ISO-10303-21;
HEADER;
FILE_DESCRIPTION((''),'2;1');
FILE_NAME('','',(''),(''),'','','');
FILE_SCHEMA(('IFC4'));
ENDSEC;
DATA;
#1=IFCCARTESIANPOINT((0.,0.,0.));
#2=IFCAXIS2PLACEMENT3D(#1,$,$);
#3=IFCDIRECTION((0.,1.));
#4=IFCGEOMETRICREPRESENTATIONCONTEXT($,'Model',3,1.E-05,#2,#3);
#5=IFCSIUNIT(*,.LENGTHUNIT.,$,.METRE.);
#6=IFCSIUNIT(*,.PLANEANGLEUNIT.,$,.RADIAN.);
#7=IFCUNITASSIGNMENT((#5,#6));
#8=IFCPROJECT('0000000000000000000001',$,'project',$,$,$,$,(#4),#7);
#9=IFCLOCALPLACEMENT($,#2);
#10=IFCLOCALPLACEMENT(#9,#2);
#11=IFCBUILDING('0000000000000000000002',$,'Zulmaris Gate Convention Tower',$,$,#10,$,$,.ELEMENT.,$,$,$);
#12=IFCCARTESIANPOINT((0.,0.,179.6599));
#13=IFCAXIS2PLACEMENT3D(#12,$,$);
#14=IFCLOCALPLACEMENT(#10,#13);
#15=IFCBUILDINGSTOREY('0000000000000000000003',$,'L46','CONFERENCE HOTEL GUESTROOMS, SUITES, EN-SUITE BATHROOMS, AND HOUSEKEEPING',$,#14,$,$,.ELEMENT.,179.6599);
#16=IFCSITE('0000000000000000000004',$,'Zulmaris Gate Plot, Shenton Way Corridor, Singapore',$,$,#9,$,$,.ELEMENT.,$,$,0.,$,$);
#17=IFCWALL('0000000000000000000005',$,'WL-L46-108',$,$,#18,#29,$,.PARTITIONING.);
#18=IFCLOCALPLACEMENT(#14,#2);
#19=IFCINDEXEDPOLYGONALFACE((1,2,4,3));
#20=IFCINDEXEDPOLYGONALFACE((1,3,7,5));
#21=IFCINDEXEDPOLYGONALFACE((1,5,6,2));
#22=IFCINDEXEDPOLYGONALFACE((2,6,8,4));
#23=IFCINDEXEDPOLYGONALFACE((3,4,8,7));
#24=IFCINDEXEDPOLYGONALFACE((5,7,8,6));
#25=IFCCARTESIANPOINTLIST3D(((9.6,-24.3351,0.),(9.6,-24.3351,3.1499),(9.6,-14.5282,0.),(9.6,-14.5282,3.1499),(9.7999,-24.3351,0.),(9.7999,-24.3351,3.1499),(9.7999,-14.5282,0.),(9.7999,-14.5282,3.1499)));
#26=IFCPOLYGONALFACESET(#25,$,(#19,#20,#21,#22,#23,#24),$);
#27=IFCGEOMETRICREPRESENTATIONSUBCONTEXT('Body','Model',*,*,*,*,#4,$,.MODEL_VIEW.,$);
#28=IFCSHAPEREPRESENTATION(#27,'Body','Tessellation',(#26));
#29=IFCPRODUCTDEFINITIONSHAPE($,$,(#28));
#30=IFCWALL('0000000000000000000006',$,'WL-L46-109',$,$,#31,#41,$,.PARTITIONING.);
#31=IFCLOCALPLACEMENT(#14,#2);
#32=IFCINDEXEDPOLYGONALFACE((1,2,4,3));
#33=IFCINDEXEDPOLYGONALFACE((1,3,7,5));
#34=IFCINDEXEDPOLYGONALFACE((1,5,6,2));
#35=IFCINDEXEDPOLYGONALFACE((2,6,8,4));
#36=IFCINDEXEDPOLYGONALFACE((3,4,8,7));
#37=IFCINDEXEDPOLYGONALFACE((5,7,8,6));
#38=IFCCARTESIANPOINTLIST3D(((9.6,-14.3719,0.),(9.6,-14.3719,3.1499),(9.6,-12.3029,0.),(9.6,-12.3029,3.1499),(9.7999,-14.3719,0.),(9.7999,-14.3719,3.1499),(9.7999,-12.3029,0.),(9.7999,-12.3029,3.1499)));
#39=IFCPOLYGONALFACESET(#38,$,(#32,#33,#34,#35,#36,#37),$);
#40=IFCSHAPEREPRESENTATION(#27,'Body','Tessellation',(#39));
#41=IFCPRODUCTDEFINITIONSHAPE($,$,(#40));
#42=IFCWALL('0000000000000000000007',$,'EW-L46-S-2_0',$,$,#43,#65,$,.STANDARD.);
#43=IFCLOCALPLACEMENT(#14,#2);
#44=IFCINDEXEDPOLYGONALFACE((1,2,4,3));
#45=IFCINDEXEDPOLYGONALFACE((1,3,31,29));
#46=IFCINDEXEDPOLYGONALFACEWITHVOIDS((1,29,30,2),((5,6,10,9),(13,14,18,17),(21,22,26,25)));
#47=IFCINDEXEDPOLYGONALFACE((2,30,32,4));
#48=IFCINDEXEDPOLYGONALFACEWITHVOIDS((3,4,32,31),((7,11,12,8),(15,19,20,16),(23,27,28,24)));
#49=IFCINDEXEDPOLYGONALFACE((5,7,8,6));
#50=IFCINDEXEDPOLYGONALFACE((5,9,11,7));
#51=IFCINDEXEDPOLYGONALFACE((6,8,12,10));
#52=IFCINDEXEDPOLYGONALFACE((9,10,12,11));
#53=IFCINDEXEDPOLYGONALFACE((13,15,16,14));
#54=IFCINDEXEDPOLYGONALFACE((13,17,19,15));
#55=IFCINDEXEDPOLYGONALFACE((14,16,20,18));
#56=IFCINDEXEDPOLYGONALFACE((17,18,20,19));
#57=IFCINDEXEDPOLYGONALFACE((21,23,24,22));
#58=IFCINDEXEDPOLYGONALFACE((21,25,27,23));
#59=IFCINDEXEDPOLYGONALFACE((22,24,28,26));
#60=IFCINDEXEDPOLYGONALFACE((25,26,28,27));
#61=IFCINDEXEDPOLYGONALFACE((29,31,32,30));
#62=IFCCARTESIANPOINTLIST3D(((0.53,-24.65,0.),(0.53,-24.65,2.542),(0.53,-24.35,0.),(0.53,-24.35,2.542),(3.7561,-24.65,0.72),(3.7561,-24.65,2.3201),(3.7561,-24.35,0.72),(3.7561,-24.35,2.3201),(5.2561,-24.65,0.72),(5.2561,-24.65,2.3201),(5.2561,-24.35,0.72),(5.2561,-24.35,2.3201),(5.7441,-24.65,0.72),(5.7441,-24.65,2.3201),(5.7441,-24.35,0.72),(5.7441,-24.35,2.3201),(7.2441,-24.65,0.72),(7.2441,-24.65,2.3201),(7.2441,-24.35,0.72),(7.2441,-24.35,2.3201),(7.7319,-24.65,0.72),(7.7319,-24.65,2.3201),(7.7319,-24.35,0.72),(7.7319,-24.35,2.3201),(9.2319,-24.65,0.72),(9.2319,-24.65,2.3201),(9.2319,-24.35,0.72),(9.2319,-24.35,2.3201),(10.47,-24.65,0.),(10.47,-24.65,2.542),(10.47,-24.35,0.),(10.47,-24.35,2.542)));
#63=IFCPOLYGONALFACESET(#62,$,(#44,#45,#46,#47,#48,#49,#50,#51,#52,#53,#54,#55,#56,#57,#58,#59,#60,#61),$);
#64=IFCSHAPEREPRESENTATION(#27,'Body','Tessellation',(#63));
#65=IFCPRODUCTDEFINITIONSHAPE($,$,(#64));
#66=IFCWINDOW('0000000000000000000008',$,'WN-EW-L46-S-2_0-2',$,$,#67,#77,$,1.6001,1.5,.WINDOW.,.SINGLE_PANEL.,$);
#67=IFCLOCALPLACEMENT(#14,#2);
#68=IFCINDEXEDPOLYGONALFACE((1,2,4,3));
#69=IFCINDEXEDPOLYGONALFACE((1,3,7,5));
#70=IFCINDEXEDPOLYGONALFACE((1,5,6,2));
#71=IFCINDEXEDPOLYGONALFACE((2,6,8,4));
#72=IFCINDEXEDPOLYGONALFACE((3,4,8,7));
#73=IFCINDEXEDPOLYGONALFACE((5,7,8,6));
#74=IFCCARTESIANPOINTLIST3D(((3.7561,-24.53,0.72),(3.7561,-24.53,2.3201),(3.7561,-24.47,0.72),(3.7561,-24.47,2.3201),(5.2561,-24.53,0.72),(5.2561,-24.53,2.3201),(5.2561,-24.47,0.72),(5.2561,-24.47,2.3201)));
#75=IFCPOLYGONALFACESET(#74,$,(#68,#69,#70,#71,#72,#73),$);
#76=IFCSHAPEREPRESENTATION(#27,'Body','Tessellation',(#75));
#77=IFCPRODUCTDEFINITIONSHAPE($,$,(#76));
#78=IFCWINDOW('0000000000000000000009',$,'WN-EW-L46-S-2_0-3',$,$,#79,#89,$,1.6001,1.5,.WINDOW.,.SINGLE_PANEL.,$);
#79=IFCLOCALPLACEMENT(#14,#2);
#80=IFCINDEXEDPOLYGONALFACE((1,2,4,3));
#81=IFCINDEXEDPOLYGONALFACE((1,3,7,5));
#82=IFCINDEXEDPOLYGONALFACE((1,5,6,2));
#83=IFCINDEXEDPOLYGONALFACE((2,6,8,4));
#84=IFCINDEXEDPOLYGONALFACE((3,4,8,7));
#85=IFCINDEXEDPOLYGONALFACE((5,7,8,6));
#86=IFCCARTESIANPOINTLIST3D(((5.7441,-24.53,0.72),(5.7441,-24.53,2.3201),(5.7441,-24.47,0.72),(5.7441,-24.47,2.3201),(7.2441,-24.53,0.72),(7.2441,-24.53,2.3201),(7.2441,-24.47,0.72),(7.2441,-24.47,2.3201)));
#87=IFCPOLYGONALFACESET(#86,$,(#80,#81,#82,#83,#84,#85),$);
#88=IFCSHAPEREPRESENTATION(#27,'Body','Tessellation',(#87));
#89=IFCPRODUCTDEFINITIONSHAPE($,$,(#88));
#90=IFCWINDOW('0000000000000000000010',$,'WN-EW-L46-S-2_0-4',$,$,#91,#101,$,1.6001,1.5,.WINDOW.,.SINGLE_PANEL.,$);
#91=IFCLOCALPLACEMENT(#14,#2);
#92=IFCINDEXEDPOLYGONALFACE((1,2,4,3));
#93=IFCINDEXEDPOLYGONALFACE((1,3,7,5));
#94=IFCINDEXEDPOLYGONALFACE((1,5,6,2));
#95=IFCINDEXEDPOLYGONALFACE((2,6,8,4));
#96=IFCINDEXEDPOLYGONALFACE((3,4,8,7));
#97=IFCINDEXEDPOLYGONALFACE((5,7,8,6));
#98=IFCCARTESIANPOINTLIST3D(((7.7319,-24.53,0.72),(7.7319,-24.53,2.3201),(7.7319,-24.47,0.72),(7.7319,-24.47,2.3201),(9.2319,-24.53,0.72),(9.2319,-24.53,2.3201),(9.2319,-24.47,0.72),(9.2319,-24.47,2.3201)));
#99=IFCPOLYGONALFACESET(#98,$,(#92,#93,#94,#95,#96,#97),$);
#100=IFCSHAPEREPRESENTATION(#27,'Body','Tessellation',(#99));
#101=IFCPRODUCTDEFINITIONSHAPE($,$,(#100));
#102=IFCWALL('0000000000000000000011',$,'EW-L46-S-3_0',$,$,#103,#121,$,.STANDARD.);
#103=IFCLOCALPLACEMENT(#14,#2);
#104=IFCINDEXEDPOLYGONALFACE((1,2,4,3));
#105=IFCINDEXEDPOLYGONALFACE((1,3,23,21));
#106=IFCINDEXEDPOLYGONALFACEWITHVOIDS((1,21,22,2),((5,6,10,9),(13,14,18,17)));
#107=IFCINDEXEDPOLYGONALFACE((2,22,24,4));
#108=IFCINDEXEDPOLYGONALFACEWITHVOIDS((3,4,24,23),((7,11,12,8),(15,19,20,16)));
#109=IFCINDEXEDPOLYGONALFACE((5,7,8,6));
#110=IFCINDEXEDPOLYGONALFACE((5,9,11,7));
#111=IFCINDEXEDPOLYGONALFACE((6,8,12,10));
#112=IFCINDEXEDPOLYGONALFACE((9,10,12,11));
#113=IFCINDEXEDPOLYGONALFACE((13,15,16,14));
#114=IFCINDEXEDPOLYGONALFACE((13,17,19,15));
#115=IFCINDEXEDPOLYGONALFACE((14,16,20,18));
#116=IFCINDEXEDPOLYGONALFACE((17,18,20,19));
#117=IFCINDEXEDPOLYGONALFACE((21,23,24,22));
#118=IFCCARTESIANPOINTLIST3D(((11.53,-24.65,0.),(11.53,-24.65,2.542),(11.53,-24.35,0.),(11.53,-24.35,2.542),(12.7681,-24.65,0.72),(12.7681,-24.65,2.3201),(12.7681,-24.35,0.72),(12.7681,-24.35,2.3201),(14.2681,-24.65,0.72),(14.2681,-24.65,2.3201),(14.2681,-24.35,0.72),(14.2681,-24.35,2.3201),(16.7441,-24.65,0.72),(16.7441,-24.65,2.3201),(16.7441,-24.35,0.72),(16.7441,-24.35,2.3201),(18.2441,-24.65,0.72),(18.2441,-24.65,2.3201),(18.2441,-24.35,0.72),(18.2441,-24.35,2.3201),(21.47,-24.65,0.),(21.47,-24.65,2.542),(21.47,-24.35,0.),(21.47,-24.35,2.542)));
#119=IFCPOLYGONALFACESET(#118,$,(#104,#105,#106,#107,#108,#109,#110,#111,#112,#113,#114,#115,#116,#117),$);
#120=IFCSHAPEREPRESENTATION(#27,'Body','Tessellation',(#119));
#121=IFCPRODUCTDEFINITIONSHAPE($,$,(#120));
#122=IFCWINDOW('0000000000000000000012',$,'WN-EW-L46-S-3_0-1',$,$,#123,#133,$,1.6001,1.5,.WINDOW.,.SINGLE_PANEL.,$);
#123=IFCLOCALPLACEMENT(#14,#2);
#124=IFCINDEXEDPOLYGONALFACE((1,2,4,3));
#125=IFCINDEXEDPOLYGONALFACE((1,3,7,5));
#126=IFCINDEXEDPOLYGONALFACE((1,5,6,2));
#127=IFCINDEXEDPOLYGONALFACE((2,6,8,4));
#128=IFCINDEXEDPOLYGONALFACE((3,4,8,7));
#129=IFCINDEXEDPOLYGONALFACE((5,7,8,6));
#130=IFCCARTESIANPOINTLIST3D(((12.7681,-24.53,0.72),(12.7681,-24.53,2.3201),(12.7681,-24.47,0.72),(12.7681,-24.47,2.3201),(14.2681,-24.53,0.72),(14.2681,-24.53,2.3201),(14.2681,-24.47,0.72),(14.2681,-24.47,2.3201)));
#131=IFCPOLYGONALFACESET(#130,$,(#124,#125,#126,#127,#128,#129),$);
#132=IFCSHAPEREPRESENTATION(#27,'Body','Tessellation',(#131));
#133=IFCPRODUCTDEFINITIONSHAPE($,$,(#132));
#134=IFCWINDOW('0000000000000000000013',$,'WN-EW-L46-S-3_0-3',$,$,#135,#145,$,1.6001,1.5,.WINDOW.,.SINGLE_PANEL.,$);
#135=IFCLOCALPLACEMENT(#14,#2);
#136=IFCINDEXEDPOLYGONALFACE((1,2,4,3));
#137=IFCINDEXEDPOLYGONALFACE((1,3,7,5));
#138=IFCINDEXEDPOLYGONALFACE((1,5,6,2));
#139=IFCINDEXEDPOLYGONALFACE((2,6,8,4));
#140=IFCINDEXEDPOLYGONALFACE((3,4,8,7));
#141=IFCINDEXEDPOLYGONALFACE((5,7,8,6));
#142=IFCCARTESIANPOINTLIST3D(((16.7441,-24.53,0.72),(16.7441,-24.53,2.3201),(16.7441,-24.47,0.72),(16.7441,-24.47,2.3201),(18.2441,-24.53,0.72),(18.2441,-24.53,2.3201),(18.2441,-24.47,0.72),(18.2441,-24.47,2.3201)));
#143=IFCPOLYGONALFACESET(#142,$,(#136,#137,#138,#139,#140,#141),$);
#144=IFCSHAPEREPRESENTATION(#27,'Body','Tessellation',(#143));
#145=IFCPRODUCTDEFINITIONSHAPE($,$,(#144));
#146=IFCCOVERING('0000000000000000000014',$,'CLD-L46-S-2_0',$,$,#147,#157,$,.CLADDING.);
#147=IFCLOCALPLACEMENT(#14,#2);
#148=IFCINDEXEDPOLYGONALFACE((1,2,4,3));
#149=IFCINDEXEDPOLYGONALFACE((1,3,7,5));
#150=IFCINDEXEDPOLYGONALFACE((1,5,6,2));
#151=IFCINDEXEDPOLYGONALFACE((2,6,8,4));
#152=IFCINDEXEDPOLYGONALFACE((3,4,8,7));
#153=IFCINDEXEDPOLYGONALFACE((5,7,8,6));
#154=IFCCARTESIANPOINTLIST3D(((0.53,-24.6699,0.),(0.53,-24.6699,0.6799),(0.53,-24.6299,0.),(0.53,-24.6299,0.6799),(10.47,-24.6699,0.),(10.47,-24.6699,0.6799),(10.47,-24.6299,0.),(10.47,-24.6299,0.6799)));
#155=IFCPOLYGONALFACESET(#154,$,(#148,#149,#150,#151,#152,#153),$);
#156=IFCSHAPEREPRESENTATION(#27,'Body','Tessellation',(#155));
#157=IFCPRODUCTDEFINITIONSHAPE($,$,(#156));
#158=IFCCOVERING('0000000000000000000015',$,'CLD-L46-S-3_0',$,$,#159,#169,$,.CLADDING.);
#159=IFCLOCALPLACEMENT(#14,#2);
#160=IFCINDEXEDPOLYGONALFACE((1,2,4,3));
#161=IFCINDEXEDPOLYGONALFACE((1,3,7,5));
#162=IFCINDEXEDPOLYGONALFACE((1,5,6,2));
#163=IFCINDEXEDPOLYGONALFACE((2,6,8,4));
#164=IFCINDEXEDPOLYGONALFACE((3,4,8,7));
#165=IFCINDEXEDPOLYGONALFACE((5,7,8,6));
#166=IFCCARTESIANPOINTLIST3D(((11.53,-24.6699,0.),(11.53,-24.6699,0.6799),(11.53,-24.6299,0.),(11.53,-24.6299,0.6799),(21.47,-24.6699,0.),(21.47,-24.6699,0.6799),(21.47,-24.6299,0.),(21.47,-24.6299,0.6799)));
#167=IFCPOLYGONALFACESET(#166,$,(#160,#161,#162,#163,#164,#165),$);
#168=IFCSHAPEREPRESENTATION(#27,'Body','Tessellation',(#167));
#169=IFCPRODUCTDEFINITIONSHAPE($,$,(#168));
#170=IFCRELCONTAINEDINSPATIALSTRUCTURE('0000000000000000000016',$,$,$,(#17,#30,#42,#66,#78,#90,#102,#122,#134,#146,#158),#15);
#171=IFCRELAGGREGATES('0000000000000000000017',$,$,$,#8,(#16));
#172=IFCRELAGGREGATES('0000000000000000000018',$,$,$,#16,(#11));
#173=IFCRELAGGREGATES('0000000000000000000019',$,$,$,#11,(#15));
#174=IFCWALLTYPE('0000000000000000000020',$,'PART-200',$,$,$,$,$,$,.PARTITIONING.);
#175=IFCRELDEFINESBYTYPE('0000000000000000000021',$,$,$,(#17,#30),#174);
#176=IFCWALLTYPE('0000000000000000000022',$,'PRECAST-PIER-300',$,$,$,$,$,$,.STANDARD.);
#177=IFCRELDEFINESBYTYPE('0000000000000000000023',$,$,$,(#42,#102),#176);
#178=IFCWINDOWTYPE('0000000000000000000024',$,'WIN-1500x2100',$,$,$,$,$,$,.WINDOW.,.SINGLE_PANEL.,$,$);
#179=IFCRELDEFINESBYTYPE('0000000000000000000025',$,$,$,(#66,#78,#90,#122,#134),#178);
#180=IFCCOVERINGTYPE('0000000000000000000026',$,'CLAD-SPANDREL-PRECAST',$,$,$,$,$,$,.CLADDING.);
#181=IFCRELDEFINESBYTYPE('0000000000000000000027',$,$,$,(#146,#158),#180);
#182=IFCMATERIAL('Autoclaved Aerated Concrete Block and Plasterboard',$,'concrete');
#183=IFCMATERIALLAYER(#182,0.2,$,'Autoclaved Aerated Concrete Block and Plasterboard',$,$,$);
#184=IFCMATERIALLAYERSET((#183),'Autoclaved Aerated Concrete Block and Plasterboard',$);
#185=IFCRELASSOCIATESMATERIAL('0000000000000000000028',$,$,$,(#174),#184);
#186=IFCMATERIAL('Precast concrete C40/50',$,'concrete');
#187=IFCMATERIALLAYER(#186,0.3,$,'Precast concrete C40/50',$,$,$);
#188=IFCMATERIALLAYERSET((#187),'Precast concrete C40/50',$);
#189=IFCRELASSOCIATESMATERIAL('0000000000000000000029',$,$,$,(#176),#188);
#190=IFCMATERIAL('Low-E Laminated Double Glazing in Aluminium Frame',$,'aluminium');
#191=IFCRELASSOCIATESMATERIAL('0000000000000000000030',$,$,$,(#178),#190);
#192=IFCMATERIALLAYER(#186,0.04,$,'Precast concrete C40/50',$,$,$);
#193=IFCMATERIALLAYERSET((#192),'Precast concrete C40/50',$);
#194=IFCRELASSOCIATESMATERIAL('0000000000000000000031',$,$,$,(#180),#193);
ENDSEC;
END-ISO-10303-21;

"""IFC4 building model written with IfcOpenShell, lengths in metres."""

from ifc_helpers import new_model, si_unit, direction, frame, frame_2d, origin, place, context, subcontext, project, spatial, rectangle, extrude, material, layer, layer_set, type_object, element, fill, save


model = new_model("IFC4")

# Units and contexts
model_context = context("Model", 3, precision=1e-05, world=origin(), true_north=direction((0.0, 1.0)))
body_context = subcontext(model_context, "Body", "Model", "MODEL_VIEW")
ifc_project = project(units=[si_unit("LENGTHUNIT", "METRE"), si_unit("PLANEANGLEUNIT", "RADIAN")], contexts=[model_context])

# Site, building, storey
site_placement = place(None, origin())
site = spatial("IfcSite", under=ifc_project, at=site_placement, Name="Zulmaris Gate Plot, Shenton Way Corridor, Singapore", CompositionType="ELEMENT", RefElevation=0.0)
building_placement = place(site_placement, origin())
building = spatial("IfcBuilding", under=site, at=building_placement, Name="Zulmaris Gate Convention Tower", CompositionType="ELEMENT")
storey_placement = place(building_placement, frame((0.0, 0.0, 179.6599)))
storey = spatial("IfcBuildingStorey", under=building, at=storey_placement, Name="L46", Description="CONFERENCE HOTEL GUESTROOMS, SUITES, EN-SUITE BATHROOMS, AND HOUSEKEEPING", CompositionType="ELEMENT", Elevation=179.6599)

# Walls
ifc_material_1 = material(Name="Autoclaved Aerated Concrete Block and Plasterboard", Category="concrete")
ifc_layer_1 = layer(ifc_material_1, 0.2, Name="Autoclaved Aerated Concrete Block and Plasterboard")
ifc_layer_set_1 = layer_set([ifc_layer_1], Name="Autoclaved Aerated Concrete Block and Plasterboard")
wall_type_1 = type_object("IfcWallType", Name="PART-200", PredefinedType="PARTITIONING", material=ifc_layer_set_1)
wall_1_placement = place(storey_placement, frame((9.7, -24.335, 0.0), z_axis=(0.0, 0.0, 1.0), x_axis=(0.0, 1.0, 0.0)))
element("IfcWall", 1, at=wall_1_placement, inside=storey, type_object=wall_type_1, Name="WL-L46-108", PredefinedType="PARTITIONING", context=body_context, shape_type="SweptSolid", body=[
    extrude(rectangle(XDim=9.8069, YDim=0.2, at=frame_2d((4.9033, 0.0))), origin(), (0.0, 0.0, 1.0), 3.1499),
])
wall_2_placement = place(storey_placement, frame((9.7, -14.3721, 0.0), z_axis=(0.0, 0.0, 1.0), x_axis=(0.0, 1.0, 0.0)))
element("IfcWall", 2, at=wall_2_placement, inside=storey, type_object=wall_type_1, Name="WL-L46-109", PredefinedType="PARTITIONING", context=body_context, shape_type="SweptSolid", body=[
    extrude(rectangle(XDim=2.0691, YDim=0.2, at=frame_2d((1.0347, 0.0))), origin(), (0.0, 0.0, 1.0), 3.1499),
])

# Walls, openings, windows
ifc_material_2 = material(Name="Precast concrete C40/50", Category="concrete")
ifc_layer_2 = layer(ifc_material_2, 0.3, Name="Precast concrete C40/50")
ifc_layer_set_2 = layer_set([ifc_layer_2], Name="Precast concrete C40/50")
wall_type_2 = type_object("IfcWallType", Name="PRECAST-PIER-300", PredefinedType="STANDARD", material=ifc_layer_set_2)
wall_3_placement = place(storey_placement, frame((0.53, -24.5, 0.0), z_axis=(0.0, 0.0, 1.0), x_axis=(1.0, 0.0, 0.0)))
wall_3 = element("IfcWall", 3, at=wall_3_placement, inside=storey, type_object=wall_type_2, Name="EW-L46-S-2_0", PredefinedType="STANDARD", context=body_context, shape_type="SweptSolid", body=[
    extrude(rectangle(XDim=9.9399, YDim=0.3, at=frame_2d((4.97, 0.0))), origin(), (0.0, 0.0, 1.0), 2.542),
])
opening_1_placement = place(wall_3_placement, frame((3.2261, 0.0, 0.72)))
opening_1 = element("IfcOpeningElement", 4, at=opening_1_placement, cuts=wall_3, PredefinedType="OPENING", context=body_context, shape_type="SweptSolid", body=[
    extrude(rectangle(XDim=1.5, YDim=1.6001, at=frame_2d((0.75, 0.8))), frame((0.0, 0.1602, 0.0), z_axis=(0.0, -1.0, 0.0), x_axis=(1.0, 0.0, 0.0)), (0.0, 0.0, 1.0), 0.3201),
])
opening_2_placement = place(wall_3_placement, frame((5.2141, 0.0, 0.72)))
opening_2 = element("IfcOpeningElement", 5, at=opening_2_placement, cuts=wall_3, PredefinedType="OPENING", context=body_context, shape_type="SweptSolid", body=[
    extrude(rectangle(XDim=1.5, YDim=1.6001, at=frame_2d((0.75, 0.8))), frame((0.0, 0.1602, 0.0), z_axis=(0.0, -1.0, 0.0), x_axis=(1.0, 0.0, 0.0)), (0.0, 0.0, 1.0), 0.3201),
])
opening_3_placement = place(wall_3_placement, frame((7.2019, 0.0, 0.72)))
opening_3 = element("IfcOpeningElement", 6, at=opening_3_placement, cuts=wall_3, PredefinedType="OPENING", context=body_context, shape_type="SweptSolid", body=[
    extrude(rectangle(XDim=1.5, YDim=1.6001, at=frame_2d((0.75, 0.8))), frame((0.0, 0.1602, 0.0), z_axis=(0.0, -1.0, 0.0), x_axis=(1.0, 0.0, 0.0)), (0.0, 0.0, 1.0), 0.3201),
])
ifc_material_3 = material(Name="Low-E Laminated Double Glazing in Aluminium Frame", Category="aluminium")
window_type = type_object("IfcWindowType", Name="WIN-1500x2100", PartitioningType="SINGLE_PANEL", PredefinedType="WINDOW", material=ifc_material_3)
window_1_placement = place(opening_1_placement, origin())
window_1 = element("IfcWindow", 7, at=window_1_placement, inside=storey, type_object=window_type, Name="WN-EW-L46-S-2_0-2", OverallHeight=1.6001, OverallWidth=1.5, PartitioningType="SINGLE_PANEL", PredefinedType="WINDOW", context=body_context, shape_type="SweptSolid", body=[
    extrude(rectangle(XDim=1.5, YDim=1.6001, at=frame_2d((0.75, 0.8))), frame((0.0, 0.03, 0.0), z_axis=(0.0, -1.0, 0.0), x_axis=(1.0, 0.0, 0.0)), (0.0, 0.0, 1.0), 0.0601),
])
fill(opening_1, window_1)
window_2_placement = place(opening_2_placement, origin())
window_2 = element("IfcWindow", 8, at=window_2_placement, inside=storey, type_object=window_type, Name="WN-EW-L46-S-2_0-3", OverallHeight=1.6001, OverallWidth=1.5, PartitioningType="SINGLE_PANEL", PredefinedType="WINDOW", context=body_context, shape_type="SweptSolid", body=[
    extrude(rectangle(XDim=1.5, YDim=1.6001, at=frame_2d((0.75, 0.8))), frame((0.0, 0.03, 0.0), z_axis=(0.0, -1.0, 0.0), x_axis=(1.0, 0.0, 0.0)), (0.0, 0.0, 1.0), 0.0601),
])
fill(opening_2, window_2)
window_3_placement = place(opening_3_placement, origin())
window_3 = element("IfcWindow", 9, at=window_3_placement, inside=storey, type_object=window_type, Name="WN-EW-L46-S-2_0-4", OverallHeight=1.6001, OverallWidth=1.5, PartitioningType="SINGLE_PANEL", PredefinedType="WINDOW", context=body_context, shape_type="SweptSolid", body=[
    extrude(rectangle(XDim=1.5, YDim=1.6001, at=frame_2d((0.75, 0.8))), frame((0.0, 0.03, 0.0), z_axis=(0.0, -1.0, 0.0), x_axis=(1.0, 0.0, 0.0)), (0.0, 0.0, 1.0), 0.0601),
])
fill(opening_3, window_3)
wall_4_placement = place(storey_placement, frame((11.53, -24.5, 0.0), z_axis=(0.0, 0.0, 1.0), x_axis=(1.0, 0.0, 0.0)))
wall_4 = element("IfcWall", 10, at=wall_4_placement, inside=storey, type_object=wall_type_2, Name="EW-L46-S-3_0", PredefinedType="STANDARD", context=body_context, shape_type="SweptSolid", body=[
    extrude(rectangle(XDim=9.9399, YDim=0.3, at=frame_2d((4.97, 0.0))), origin(), (0.0, 0.0, 1.0), 2.542),
])
opening_4_placement = place(wall_4_placement, frame((1.238, 0.0, 0.72)))
opening_4 = element("IfcOpeningElement", 11, at=opening_4_placement, cuts=wall_4, PredefinedType="OPENING", context=body_context, shape_type="SweptSolid", body=[
    extrude(rectangle(XDim=1.5, YDim=1.6001, at=frame_2d((0.75, 0.8))), frame((0.0, 0.1602, 0.0), z_axis=(0.0, -1.0, 0.0), x_axis=(1.0, 0.0, 0.0)), (0.0, 0.0, 1.0), 0.3201),
])
opening_5_placement = place(wall_4_placement, frame((5.2141, 0.0, 0.72)))
opening_5 = element("IfcOpeningElement", 12, at=opening_5_placement, cuts=wall_4, PredefinedType="OPENING", context=body_context, shape_type="SweptSolid", body=[
    extrude(rectangle(XDim=1.5, YDim=1.6001, at=frame_2d((0.75, 0.8))), frame((0.0, 0.1602, 0.0), z_axis=(0.0, -1.0, 0.0), x_axis=(1.0, 0.0, 0.0)), (0.0, 0.0, 1.0), 0.3201),
])
window_4_placement = place(opening_4_placement, origin())
window_4 = element("IfcWindow", 13, at=window_4_placement, inside=storey, type_object=window_type, Name="WN-EW-L46-S-3_0-1", OverallHeight=1.6001, OverallWidth=1.5, PartitioningType="SINGLE_PANEL", PredefinedType="WINDOW", context=body_context, shape_type="SweptSolid", body=[
    extrude(rectangle(XDim=1.5, YDim=1.6001, at=frame_2d((0.75, 0.8))), frame((0.0, 0.03, 0.0), z_axis=(0.0, -1.0, 0.0), x_axis=(1.0, 0.0, 0.0)), (0.0, 0.0, 1.0), 0.0601),
])
fill(opening_4, window_4)
window_5_placement = place(opening_5_placement, origin())
window_5 = element("IfcWindow", 14, at=window_5_placement, inside=storey, type_object=window_type, Name="WN-EW-L46-S-3_0-3", OverallHeight=1.6001, OverallWidth=1.5, PartitioningType="SINGLE_PANEL", PredefinedType="WINDOW", context=body_context, shape_type="SweptSolid", body=[
    extrude(rectangle(XDim=1.5, YDim=1.6001, at=frame_2d((0.75, 0.8))), frame((0.0, 0.03, 0.0), z_axis=(0.0, -1.0, 0.0), x_axis=(1.0, 0.0, 0.0)), (0.0, 0.0, 1.0), 0.0601),
])
fill(opening_5, window_5)

# Coverings
ifc_layer_3 = layer(ifc_material_2, 0.04, Name="Precast concrete C40/50")
ifc_layer_set_3 = layer_set([ifc_layer_3], Name="Precast concrete C40/50")
covering_type = type_object("IfcCoveringType", Name="CLAD-SPANDREL-PRECAST", PredefinedType="CLADDING", material=ifc_layer_set_3)
for number, where, z_axis, x_axis, name in (
    (15, (0.53, -24.6499, 0.0), (0.0, 0.0, 1.0), (1.0, 0.0, 0.0), "CLD-L46-S-2_0"),
    (16, (11.53, -24.6499, 0.0), (0.0, 0.0, 1.0), (1.0, 0.0, 0.0), "CLD-L46-S-3_0"),
):
    element("IfcCovering", number, at=place(storey_placement, frame(where, z_axis=z_axis, x_axis=x_axis)), inside=storey, type_object=covering_type, Name=name, PredefinedType="CLADDING", context=body_context, shape_type="SweptSolid", body=[
        extrude(rectangle(XDim=9.9399, YDim=0.04, at=frame_2d((4.97, 0.0))), origin(), (0.0, 0.0, 1.0), 0.6799),
    ])

save(model, "model.ifc")
